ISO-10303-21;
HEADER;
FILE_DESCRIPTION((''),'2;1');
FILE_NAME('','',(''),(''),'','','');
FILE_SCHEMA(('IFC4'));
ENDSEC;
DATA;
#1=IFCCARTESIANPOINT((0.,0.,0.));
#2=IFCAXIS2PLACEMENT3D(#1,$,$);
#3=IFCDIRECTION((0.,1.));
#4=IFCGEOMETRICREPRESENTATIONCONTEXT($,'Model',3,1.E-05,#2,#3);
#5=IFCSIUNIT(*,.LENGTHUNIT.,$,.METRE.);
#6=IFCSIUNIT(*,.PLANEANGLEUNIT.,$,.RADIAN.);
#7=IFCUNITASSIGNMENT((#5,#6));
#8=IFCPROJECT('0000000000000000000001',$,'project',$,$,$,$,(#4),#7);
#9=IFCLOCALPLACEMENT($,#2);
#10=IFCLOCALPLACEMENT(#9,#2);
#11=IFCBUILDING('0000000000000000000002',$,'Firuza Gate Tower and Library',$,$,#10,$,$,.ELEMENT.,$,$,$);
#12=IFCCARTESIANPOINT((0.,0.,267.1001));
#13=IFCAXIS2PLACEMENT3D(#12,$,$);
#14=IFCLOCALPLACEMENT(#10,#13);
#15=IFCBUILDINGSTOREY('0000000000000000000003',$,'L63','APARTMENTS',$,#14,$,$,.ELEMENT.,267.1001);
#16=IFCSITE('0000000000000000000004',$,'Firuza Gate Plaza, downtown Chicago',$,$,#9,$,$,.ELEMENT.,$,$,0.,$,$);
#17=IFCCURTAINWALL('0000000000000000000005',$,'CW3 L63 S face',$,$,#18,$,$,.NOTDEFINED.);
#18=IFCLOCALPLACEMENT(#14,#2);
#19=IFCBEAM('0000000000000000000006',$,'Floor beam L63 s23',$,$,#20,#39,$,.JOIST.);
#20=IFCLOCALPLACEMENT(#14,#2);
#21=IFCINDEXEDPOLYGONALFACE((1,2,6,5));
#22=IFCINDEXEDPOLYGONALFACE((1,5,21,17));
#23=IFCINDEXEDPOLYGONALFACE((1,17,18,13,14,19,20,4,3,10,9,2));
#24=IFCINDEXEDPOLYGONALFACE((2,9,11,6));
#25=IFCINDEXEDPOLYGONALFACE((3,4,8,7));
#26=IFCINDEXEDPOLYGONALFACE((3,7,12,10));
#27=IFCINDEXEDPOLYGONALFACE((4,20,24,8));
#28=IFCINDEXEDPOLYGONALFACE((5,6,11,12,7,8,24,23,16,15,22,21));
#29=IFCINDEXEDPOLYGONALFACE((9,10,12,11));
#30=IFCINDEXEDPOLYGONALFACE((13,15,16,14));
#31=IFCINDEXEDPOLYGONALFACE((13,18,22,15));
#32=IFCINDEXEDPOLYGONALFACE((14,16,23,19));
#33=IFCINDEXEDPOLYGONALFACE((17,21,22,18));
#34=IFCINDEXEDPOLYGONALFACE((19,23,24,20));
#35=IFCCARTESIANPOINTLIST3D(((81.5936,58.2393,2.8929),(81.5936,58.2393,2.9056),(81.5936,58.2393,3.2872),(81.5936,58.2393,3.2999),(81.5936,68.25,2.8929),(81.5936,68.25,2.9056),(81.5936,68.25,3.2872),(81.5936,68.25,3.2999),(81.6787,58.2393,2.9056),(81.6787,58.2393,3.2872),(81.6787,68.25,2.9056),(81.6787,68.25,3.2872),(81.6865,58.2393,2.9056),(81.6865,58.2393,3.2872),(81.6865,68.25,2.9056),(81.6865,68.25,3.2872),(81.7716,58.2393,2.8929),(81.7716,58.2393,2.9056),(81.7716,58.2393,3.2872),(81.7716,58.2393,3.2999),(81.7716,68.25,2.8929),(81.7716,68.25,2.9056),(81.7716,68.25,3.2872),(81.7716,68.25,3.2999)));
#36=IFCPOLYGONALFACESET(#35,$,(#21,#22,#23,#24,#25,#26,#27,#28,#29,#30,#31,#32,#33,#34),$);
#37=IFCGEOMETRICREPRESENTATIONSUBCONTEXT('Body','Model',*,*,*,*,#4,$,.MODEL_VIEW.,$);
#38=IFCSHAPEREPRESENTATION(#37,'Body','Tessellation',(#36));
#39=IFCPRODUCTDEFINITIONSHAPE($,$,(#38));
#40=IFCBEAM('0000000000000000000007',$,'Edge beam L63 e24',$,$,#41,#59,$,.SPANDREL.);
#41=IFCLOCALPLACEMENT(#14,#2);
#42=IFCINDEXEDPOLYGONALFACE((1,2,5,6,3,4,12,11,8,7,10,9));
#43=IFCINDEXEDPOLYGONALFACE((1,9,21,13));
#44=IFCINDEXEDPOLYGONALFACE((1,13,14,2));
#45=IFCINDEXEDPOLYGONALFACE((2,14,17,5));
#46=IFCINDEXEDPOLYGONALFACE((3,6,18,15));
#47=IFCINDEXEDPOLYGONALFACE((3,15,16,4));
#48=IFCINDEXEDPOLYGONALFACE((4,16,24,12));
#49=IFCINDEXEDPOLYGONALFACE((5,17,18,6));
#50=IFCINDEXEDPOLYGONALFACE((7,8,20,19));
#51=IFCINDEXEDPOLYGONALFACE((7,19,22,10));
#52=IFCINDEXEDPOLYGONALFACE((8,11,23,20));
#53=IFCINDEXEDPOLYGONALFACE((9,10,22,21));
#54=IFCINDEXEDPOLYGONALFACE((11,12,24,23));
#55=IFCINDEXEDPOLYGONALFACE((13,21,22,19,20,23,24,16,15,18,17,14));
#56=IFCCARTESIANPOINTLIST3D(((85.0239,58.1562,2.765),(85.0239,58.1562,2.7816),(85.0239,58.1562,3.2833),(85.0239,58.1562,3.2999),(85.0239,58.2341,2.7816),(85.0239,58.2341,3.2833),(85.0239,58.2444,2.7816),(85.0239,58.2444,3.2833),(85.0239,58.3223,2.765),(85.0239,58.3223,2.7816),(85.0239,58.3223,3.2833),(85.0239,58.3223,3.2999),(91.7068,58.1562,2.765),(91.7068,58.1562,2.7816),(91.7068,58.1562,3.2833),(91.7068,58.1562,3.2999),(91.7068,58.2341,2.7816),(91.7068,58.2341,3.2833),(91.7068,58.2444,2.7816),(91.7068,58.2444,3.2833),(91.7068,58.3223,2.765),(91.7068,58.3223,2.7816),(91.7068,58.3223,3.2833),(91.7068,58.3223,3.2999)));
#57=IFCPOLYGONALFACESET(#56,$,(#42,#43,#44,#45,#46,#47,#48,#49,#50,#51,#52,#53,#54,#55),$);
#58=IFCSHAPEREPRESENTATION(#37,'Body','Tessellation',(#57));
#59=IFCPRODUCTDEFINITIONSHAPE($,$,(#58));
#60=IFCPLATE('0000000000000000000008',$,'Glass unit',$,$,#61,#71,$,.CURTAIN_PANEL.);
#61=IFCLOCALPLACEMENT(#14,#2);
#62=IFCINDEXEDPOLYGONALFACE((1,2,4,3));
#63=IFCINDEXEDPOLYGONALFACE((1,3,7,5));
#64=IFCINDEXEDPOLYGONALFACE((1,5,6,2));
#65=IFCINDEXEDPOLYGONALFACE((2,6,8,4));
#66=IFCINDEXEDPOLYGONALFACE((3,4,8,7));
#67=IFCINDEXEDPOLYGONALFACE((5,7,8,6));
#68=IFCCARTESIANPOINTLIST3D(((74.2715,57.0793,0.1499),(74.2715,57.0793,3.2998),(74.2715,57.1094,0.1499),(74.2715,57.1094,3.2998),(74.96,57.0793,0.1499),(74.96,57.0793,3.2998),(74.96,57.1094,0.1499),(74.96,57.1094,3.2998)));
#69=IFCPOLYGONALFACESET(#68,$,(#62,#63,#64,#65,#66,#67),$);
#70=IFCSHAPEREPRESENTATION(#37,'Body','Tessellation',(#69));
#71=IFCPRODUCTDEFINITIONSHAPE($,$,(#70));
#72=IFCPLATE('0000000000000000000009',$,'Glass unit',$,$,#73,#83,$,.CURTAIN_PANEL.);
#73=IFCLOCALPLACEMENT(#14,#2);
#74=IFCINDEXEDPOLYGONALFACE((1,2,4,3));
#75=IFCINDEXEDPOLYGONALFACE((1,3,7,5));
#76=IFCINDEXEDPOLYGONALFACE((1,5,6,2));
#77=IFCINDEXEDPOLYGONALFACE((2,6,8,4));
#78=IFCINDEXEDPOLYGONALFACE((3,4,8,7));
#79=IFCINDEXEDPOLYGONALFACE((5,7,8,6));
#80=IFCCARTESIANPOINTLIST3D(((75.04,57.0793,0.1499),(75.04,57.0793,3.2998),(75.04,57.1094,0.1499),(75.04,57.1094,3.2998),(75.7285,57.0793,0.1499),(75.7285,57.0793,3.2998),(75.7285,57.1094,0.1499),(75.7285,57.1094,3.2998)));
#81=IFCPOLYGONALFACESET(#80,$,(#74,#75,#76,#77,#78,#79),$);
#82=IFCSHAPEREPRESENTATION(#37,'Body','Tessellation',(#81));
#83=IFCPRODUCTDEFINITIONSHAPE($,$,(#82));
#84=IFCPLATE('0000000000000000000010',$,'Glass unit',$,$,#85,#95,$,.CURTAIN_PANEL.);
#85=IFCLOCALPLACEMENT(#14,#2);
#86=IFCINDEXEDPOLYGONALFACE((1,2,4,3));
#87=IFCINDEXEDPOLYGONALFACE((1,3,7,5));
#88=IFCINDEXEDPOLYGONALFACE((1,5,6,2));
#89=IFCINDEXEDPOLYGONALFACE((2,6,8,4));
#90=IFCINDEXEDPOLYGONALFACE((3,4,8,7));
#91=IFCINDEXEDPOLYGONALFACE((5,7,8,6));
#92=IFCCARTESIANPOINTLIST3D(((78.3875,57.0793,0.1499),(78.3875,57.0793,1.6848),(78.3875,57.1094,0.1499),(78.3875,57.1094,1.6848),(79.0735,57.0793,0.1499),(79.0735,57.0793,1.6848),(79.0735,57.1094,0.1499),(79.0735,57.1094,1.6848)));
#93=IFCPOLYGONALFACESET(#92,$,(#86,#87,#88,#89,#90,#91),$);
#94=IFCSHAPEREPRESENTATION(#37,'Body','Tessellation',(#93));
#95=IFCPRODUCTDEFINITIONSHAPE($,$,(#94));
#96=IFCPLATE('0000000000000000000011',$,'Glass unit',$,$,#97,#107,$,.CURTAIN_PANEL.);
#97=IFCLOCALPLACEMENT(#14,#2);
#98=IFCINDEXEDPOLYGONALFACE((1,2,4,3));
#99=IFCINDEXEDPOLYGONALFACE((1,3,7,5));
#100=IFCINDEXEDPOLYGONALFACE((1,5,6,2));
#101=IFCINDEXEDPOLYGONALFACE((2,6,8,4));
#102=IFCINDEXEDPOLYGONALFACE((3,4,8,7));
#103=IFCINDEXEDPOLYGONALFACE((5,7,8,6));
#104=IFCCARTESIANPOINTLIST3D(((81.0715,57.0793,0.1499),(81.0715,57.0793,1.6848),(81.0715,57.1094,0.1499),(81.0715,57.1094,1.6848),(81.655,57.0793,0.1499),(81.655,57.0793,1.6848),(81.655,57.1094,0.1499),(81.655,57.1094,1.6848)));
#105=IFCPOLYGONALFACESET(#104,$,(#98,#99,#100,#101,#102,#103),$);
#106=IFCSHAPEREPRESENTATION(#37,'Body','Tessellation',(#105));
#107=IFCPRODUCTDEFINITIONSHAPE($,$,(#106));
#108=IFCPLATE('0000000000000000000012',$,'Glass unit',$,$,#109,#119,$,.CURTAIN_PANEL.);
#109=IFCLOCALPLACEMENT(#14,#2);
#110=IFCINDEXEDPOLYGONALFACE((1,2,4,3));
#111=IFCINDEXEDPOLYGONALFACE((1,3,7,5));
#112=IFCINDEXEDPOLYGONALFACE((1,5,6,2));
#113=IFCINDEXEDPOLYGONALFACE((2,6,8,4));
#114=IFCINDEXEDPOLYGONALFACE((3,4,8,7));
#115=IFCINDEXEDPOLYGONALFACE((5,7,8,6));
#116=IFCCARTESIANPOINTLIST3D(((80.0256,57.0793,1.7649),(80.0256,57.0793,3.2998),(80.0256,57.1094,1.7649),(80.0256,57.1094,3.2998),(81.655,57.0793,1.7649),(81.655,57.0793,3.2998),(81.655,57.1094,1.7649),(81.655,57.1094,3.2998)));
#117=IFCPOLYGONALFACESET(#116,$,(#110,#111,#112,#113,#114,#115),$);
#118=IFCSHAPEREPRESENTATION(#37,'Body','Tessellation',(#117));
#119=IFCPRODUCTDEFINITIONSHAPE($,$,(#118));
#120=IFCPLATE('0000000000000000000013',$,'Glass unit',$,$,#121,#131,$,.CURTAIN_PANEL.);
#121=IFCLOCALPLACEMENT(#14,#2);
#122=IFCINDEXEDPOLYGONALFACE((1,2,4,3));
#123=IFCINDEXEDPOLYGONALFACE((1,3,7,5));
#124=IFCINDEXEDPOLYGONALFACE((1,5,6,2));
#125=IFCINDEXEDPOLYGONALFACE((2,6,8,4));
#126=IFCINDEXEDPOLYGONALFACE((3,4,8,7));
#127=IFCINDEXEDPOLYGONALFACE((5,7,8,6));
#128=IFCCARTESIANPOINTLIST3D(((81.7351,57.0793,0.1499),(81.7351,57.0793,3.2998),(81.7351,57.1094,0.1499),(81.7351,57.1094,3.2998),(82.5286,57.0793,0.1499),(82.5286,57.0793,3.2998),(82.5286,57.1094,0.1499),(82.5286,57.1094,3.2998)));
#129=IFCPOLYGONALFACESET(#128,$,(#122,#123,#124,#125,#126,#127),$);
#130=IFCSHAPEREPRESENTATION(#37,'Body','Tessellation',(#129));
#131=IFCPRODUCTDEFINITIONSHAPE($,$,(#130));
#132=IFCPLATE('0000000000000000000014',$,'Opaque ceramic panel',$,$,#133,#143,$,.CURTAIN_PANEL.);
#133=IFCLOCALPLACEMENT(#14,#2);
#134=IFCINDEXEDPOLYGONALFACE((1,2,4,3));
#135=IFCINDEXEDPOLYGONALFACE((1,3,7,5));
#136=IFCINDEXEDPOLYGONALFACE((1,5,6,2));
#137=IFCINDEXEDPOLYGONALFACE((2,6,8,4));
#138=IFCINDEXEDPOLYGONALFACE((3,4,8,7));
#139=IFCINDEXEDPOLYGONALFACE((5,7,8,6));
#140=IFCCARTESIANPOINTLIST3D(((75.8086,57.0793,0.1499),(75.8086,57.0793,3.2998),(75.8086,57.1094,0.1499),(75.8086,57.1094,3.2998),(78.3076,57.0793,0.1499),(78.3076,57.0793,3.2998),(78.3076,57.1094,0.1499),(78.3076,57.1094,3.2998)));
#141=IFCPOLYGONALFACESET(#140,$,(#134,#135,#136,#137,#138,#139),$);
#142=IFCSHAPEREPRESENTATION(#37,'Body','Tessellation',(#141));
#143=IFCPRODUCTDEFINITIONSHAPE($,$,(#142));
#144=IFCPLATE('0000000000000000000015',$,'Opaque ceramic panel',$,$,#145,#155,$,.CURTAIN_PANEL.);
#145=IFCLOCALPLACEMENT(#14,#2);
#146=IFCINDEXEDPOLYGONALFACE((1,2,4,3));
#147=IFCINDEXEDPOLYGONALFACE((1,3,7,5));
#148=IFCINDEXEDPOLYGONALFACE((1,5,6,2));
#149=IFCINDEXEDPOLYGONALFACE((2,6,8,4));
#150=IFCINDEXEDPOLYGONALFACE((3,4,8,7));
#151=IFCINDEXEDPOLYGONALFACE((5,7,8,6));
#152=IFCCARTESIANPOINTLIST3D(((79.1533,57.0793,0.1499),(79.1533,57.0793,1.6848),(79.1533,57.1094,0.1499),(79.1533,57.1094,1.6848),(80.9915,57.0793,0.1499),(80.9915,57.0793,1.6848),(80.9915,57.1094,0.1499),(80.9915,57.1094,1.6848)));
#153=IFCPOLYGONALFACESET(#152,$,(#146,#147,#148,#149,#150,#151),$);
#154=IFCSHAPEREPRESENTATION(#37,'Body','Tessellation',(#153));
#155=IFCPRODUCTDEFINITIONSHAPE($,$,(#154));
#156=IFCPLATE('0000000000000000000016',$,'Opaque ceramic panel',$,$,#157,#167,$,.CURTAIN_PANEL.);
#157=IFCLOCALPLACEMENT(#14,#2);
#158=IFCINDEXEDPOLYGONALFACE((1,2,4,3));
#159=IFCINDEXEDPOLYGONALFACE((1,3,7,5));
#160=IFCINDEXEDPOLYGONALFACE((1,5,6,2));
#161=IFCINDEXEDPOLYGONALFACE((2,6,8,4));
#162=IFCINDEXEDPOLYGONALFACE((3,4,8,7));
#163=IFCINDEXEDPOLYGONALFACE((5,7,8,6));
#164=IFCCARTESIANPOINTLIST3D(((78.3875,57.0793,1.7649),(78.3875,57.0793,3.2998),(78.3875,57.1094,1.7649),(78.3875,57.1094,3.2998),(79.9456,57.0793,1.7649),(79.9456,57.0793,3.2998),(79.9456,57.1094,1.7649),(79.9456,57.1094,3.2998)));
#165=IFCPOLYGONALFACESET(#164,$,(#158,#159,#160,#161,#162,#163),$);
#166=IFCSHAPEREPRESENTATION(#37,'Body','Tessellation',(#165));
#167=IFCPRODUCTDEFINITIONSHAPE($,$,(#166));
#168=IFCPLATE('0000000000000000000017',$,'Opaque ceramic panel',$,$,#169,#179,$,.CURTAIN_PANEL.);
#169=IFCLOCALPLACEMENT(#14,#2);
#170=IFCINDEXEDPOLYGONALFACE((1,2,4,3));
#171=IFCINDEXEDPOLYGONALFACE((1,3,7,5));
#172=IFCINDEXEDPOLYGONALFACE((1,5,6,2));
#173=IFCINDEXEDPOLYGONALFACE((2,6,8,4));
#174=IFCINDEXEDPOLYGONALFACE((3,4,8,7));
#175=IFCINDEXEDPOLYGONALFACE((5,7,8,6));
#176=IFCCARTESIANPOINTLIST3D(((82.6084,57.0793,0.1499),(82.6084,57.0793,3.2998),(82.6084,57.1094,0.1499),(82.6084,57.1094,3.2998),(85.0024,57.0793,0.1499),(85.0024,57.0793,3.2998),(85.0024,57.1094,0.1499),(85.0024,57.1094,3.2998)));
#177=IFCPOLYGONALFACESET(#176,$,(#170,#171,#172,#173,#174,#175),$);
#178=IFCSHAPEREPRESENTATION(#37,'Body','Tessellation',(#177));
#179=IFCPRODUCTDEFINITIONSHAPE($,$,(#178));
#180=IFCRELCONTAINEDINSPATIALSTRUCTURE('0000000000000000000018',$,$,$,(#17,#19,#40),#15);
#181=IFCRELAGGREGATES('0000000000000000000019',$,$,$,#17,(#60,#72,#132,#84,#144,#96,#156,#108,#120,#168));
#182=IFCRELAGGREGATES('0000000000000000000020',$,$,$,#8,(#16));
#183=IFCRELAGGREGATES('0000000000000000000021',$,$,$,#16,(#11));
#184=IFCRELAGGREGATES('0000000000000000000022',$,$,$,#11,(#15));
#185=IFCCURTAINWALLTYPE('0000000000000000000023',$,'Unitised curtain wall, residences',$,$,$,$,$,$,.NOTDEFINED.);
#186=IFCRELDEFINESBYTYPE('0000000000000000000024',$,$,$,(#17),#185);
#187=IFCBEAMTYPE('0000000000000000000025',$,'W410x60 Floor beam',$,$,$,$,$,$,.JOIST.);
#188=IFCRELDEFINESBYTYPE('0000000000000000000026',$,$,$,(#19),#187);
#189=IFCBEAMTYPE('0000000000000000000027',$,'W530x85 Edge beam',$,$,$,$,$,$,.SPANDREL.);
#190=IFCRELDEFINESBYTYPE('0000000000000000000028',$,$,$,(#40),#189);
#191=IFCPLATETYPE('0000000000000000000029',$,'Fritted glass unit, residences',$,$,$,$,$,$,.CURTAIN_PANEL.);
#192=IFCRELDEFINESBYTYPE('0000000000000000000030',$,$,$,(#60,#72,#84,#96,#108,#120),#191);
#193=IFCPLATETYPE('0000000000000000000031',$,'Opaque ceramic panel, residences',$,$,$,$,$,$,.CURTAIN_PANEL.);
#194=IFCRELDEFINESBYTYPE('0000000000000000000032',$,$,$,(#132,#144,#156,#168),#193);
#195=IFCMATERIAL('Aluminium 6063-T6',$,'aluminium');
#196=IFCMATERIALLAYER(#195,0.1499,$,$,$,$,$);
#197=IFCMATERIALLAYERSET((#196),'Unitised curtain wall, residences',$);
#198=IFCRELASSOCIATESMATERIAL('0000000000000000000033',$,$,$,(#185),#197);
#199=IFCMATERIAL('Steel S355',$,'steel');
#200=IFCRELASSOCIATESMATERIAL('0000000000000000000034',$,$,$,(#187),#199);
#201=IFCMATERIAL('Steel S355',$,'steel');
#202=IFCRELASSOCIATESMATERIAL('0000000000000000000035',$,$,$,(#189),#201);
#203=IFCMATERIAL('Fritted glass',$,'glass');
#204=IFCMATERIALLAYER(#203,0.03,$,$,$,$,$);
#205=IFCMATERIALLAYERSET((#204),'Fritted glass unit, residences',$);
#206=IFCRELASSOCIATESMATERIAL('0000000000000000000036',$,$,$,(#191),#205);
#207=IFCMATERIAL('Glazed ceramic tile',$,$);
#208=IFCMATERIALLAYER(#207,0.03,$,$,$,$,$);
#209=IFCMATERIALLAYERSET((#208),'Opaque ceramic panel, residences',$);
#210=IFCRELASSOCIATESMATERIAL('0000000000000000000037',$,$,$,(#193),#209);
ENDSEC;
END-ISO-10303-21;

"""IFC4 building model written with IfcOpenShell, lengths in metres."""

from ifc_helpers import new_model, si_unit, direction, frame, origin, origin_2d, place, context, subcontext, project, spatial, polyline, i_section, outline, extrude, material, layer, layer_set, material_profile, profile_set, type_object, element, aggregate, save


model = new_model("IFC4")

# Units and contexts
model_context = context("Model", 3, precision=1e-05, world=origin(), true_north=direction((0.0, 1.0)))
body_context = subcontext(model_context, "Body", "Model", "MODEL_VIEW")
ifc_project = project(units=[si_unit("LENGTHUNIT", "METRE"), si_unit("PLANEANGLEUNIT", "RADIAN")], contexts=[model_context])

# Site, building, storey
site_placement = place(None, origin())
site = spatial("IfcSite", under=ifc_project, at=site_placement, Name="Firuza Gate Plaza, downtown Chicago", CompositionType="ELEMENT", RefElevation=0.0)
building_placement = place(site_placement, origin())
building = spatial("IfcBuilding", under=site, at=building_placement, Name="Firuza Gate Tower and Library", CompositionType="ELEMENT")
storey_placement = place(building_placement, frame((0.0, 0.0, 267.1001)))
storey = spatial("IfcBuildingStorey", under=building, at=storey_placement, Name="L63", Description="APARTMENTS", CompositionType="ELEMENT", Elevation=267.1001)

# Curtain wall
ifc_material_1 = material(Name="Aluminium 6063-T6", Category="aluminium")
ifc_layer_1 = layer(ifc_material_1, 0.1499)
ifc_layer_set_1 = layer_set([ifc_layer_1], Name="Unitised curtain wall, residences")
curtain_wall_type = type_object("IfcCurtainWallType", Name="Unitised curtain wall, residences", PredefinedType="NOTDEFINED", material=ifc_layer_set_1)
curtain_wall_placement = place(storey_placement, origin())
curtain_wall = element("IfcCurtainWall", 1, at=curtain_wall_placement, inside=storey, type_object=curtain_wall_type, Name="CW3 L63 S face", PredefinedType="NOTDEFINED")

# Beams
ifc_material_2 = material(Name="Steel S355", Category="steel")
ifc_material_profile_1 = material_profile(ifc_material_2, i_section(OverallWidth=0.178, OverallDepth=0.407, WebThickness=0.0078, FlangeThickness=0.0127, at=origin_2d()))
ifc_profile_set_1 = profile_set([ifc_material_profile_1], Name="Steel S355")
beam_type_1 = type_object("IfcBeamType", Name="W410x60 Floor beam", PredefinedType="JOIST", material=ifc_profile_set_1)
for number, where, z_axis, x_axis, name in (
    (2, (81.6826, 58.2393, 3.0964), (0.0, 1.0, 0.0), (-1.0, 0.0, 0.0), "Floor beam L63 s23"),
):
    element("IfcBeam", number, at=place(storey_placement, frame(where, z_axis=z_axis, x_axis=x_axis)), inside=storey, type_object=beam_type_1, Name=name, PredefinedType="JOIST", context=body_context, shape_type="SweptSolid", body=[
        extrude(i_section(OverallWidth=0.178, OverallDepth=0.407, WebThickness=0.0078, FlangeThickness=0.0127, at=origin_2d()), origin(), (0.0, 0.0, 1.0), 10.0107),
    ])
ifc_material_3 = material(Name="Steel S355", Category="steel")
ifc_material_profile_2 = material_profile(ifc_material_3, i_section(OverallWidth=0.166, OverallDepth=0.5349, WebThickness=0.0103, FlangeThickness=0.0166, at=origin_2d()))
ifc_profile_set_2 = profile_set([ifc_material_profile_2], Name="Steel S355")
beam_type_2 = type_object("IfcBeamType", Name="W530x85 Edge beam", PredefinedType="SPANDREL", material=ifc_profile_set_2)
beam_placement = place(storey_placement, frame((85.0239, 58.2393, 3.0325), z_axis=(1.0, 0.0, 0.0), x_axis=(0.0, 1.0, 0.0)))
element("IfcBeam", 3, at=beam_placement, inside=storey, type_object=beam_type_2, Name="Edge beam L63 e24", PredefinedType="SPANDREL", context=body_context, shape_type="SweptSolid", body=[
    extrude(i_section(OverallWidth=0.166, OverallDepth=0.5349, WebThickness=0.0103, FlangeThickness=0.0166, at=origin_2d()), origin(), (0.0, 0.0, 1.0), 6.6829),
])

# Plates
ifc_material_4 = material(Name="Fritted glass", Category="glass")
ifc_layer_2 = layer(ifc_material_4, 0.03)
ifc_layer_set_2 = layer_set([ifc_layer_2], Name="Fritted glass unit, residences")
plate_type_1 = type_object("IfcPlateType", Name="Fritted glass unit, residences", PredefinedType="CURTAIN_PANEL", material=ifc_layer_set_2)
plate_1_placement = place(storey_placement, frame((74.2715, 57.0793, 0.1499), z_axis=(0.0, -1.0, 0.0), x_axis=(1.0, 0.0, 0.0)))
plate_1 = element("IfcPlate", 4, at=plate_1_placement, type_object=plate_type_1, Name="Glass unit", PredefinedType="CURTAIN_PANEL", context=body_context, shape_type="SweptSolid", body=[
    extrude(outline(polyline([(0.0, 0.0), (0.6885, 0.0), (0.6885, 3.1499), (0.0, 3.1499), (0.0, 0.0)])), origin(), (0.0, 0.0, -1.0), 0.03),
])
plate_2_placement = place(storey_placement, frame((75.04, 57.0793, 0.1499), z_axis=(0.0, -1.0, 0.0), x_axis=(1.0, 0.0, 0.0)))
plate_2 = element("IfcPlate", 5, at=plate_2_placement, type_object=plate_type_1, Name="Glass unit", PredefinedType="CURTAIN_PANEL", context=body_context, shape_type="SweptSolid", body=[
    extrude(outline(polyline([(0.0, 0.0), (0.6885, 0.0), (0.6885, 3.1499), (0.0, 3.1499), (0.0, 0.0)])), origin(), (0.0, 0.0, -1.0), 0.03),
])
plate_3_placement = place(storey_placement, frame((78.3875, 57.0793, 0.1499), z_axis=(0.0, -1.0, 0.0), x_axis=(1.0, 0.0, 0.0)))
plate_3 = element("IfcPlate", 6, at=plate_3_placement, type_object=plate_type_1, Name="Glass unit", PredefinedType="CURTAIN_PANEL", context=body_context, shape_type="SweptSolid", body=[
    extrude(outline(polyline([(0.0, 0.0), (0.686, 0.0), (0.686, 1.5349), (0.0, 1.5349), (0.0, 0.0)])), origin(), (0.0, 0.0, -1.0), 0.03),
])
plate_4_placement = place(storey_placement, frame((81.0715, 57.0793, 0.1499), z_axis=(0.0, -1.0, 0.0), x_axis=(1.0, 0.0, 0.0)))
plate_4 = element("IfcPlate", 7, at=plate_4_placement, type_object=plate_type_1, Name="Glass unit", PredefinedType="CURTAIN_PANEL", context=body_context, shape_type="SweptSolid", body=[
    extrude(outline(polyline([(0.0, 0.0), (0.5835, 0.0), (0.5835, 1.5349), (0.0, 1.5349), (0.0, 0.0)])), origin(), (0.0, 0.0, -1.0), 0.03),
])
plate_5_placement = place(storey_placement, frame((80.0256, 57.0793, 1.7649), z_axis=(0.0, -1.0, 0.0), x_axis=(1.0, 0.0, 0.0)))
plate_5 = element("IfcPlate", 8, at=plate_5_placement, type_object=plate_type_1, Name="Glass unit", PredefinedType="CURTAIN_PANEL", context=body_context, shape_type="SweptSolid", body=[
    extrude(outline(polyline([(0.0, 0.0), (1.6294, 0.0), (1.6294, 1.5349), (0.0, 1.5349), (0.0, 0.0)])), origin(), (0.0, 0.0, -1.0), 0.03),
])
plate_6_placement = place(storey_placement, frame((81.7351, 57.0793, 0.1499), z_axis=(0.0, -1.0, 0.0), x_axis=(1.0, 0.0, 0.0)))
plate_6 = element("IfcPlate", 9, at=plate_6_placement, type_object=plate_type_1, Name="Glass unit", PredefinedType="CURTAIN_PANEL", context=body_context, shape_type="SweptSolid", body=[
    extrude(outline(polyline([(0.0, 0.0), (0.7935, 0.0), (0.7935, 3.1499), (0.0, 3.1499), (0.0, 0.0)])), origin(), (0.0, 0.0, -1.0), 0.03),
])
ifc_material_5 = material(Name="Glazed ceramic tile")
ifc_layer_3 = layer(ifc_material_5, 0.03)
ifc_layer_set_3 = layer_set([ifc_layer_3], Name="Opaque ceramic panel, residences")
plate_type_2 = type_object("IfcPlateType", Name="Opaque ceramic panel, residences", PredefinedType="CURTAIN_PANEL", material=ifc_layer_set_3)
plate_7_placement = place(storey_placement, frame((75.8086, 57.0793, 0.1499), z_axis=(0.0, -1.0, 0.0), x_axis=(1.0, 0.0, 0.0)))
plate_7 = element("IfcPlate", 10, at=plate_7_placement, type_object=plate_type_2, Name="Opaque ceramic panel", PredefinedType="CURTAIN_PANEL", context=body_context, shape_type="SweptSolid", body=[
    extrude(outline(polyline([(0.0, 0.0), (2.499, 0.0), (2.499, 3.1499), (0.0, 3.1499), (0.0, 0.0)])), origin(), (0.0, 0.0, -1.0), 0.03),
])
plate_8_placement = place(storey_placement, frame((79.1533, 57.0793, 0.1499), z_axis=(0.0, -1.0, 0.0), x_axis=(1.0, 0.0, 0.0)))
plate_8 = element("IfcPlate", 11, at=plate_8_placement, type_object=plate_type_2, Name="Opaque ceramic panel", PredefinedType="CURTAIN_PANEL", context=body_context, shape_type="SweptSolid", body=[
    extrude(outline(polyline([(0.0, 0.0), (1.8381, 0.0), (1.8381, 1.5349), (0.0, 1.5349), (0.0, 0.0)])), origin(), (0.0, 0.0, -1.0), 0.03),
])
plate_9_placement = place(storey_placement, frame((78.3875, 57.0793, 1.7649), z_axis=(0.0, -1.0, 0.0), x_axis=(1.0, 0.0, 0.0)))
plate_9 = element("IfcPlate", 12, at=plate_9_placement, type_object=plate_type_2, Name="Opaque ceramic panel", PredefinedType="CURTAIN_PANEL", context=body_context, shape_type="SweptSolid", body=[
    extrude(outline(polyline([(0.0, 0.0), (1.5581, 0.0), (1.5581, 1.5349), (0.0, 1.5349), (0.0, 0.0)])), origin(), (0.0, 0.0, -1.0), 0.03),
])
plate_10_placement = place(storey_placement, frame((82.6084, 57.0793, 0.1499), z_axis=(0.0, -1.0, 0.0), x_axis=(1.0, 0.0, 0.0)))
plate_10 = element("IfcPlate", 13, at=plate_10_placement, type_object=plate_type_2, Name="Opaque ceramic panel", PredefinedType="CURTAIN_PANEL", context=body_context, shape_type="SweptSolid", body=[
    extrude(outline(polyline([(0.0, 0.0), (2.394, 0.0), (2.394, 3.1499), (0.0, 3.1499), (0.0, 0.0)])), origin(), (0.0, 0.0, -1.0), 0.03),
])
aggregate(curtain_wall, [plate_1, plate_2, plate_7, plate_3, plate_8, plate_4, plate_9, plate_5, plate_6, plate_10])

save(model, "model.ifc")
